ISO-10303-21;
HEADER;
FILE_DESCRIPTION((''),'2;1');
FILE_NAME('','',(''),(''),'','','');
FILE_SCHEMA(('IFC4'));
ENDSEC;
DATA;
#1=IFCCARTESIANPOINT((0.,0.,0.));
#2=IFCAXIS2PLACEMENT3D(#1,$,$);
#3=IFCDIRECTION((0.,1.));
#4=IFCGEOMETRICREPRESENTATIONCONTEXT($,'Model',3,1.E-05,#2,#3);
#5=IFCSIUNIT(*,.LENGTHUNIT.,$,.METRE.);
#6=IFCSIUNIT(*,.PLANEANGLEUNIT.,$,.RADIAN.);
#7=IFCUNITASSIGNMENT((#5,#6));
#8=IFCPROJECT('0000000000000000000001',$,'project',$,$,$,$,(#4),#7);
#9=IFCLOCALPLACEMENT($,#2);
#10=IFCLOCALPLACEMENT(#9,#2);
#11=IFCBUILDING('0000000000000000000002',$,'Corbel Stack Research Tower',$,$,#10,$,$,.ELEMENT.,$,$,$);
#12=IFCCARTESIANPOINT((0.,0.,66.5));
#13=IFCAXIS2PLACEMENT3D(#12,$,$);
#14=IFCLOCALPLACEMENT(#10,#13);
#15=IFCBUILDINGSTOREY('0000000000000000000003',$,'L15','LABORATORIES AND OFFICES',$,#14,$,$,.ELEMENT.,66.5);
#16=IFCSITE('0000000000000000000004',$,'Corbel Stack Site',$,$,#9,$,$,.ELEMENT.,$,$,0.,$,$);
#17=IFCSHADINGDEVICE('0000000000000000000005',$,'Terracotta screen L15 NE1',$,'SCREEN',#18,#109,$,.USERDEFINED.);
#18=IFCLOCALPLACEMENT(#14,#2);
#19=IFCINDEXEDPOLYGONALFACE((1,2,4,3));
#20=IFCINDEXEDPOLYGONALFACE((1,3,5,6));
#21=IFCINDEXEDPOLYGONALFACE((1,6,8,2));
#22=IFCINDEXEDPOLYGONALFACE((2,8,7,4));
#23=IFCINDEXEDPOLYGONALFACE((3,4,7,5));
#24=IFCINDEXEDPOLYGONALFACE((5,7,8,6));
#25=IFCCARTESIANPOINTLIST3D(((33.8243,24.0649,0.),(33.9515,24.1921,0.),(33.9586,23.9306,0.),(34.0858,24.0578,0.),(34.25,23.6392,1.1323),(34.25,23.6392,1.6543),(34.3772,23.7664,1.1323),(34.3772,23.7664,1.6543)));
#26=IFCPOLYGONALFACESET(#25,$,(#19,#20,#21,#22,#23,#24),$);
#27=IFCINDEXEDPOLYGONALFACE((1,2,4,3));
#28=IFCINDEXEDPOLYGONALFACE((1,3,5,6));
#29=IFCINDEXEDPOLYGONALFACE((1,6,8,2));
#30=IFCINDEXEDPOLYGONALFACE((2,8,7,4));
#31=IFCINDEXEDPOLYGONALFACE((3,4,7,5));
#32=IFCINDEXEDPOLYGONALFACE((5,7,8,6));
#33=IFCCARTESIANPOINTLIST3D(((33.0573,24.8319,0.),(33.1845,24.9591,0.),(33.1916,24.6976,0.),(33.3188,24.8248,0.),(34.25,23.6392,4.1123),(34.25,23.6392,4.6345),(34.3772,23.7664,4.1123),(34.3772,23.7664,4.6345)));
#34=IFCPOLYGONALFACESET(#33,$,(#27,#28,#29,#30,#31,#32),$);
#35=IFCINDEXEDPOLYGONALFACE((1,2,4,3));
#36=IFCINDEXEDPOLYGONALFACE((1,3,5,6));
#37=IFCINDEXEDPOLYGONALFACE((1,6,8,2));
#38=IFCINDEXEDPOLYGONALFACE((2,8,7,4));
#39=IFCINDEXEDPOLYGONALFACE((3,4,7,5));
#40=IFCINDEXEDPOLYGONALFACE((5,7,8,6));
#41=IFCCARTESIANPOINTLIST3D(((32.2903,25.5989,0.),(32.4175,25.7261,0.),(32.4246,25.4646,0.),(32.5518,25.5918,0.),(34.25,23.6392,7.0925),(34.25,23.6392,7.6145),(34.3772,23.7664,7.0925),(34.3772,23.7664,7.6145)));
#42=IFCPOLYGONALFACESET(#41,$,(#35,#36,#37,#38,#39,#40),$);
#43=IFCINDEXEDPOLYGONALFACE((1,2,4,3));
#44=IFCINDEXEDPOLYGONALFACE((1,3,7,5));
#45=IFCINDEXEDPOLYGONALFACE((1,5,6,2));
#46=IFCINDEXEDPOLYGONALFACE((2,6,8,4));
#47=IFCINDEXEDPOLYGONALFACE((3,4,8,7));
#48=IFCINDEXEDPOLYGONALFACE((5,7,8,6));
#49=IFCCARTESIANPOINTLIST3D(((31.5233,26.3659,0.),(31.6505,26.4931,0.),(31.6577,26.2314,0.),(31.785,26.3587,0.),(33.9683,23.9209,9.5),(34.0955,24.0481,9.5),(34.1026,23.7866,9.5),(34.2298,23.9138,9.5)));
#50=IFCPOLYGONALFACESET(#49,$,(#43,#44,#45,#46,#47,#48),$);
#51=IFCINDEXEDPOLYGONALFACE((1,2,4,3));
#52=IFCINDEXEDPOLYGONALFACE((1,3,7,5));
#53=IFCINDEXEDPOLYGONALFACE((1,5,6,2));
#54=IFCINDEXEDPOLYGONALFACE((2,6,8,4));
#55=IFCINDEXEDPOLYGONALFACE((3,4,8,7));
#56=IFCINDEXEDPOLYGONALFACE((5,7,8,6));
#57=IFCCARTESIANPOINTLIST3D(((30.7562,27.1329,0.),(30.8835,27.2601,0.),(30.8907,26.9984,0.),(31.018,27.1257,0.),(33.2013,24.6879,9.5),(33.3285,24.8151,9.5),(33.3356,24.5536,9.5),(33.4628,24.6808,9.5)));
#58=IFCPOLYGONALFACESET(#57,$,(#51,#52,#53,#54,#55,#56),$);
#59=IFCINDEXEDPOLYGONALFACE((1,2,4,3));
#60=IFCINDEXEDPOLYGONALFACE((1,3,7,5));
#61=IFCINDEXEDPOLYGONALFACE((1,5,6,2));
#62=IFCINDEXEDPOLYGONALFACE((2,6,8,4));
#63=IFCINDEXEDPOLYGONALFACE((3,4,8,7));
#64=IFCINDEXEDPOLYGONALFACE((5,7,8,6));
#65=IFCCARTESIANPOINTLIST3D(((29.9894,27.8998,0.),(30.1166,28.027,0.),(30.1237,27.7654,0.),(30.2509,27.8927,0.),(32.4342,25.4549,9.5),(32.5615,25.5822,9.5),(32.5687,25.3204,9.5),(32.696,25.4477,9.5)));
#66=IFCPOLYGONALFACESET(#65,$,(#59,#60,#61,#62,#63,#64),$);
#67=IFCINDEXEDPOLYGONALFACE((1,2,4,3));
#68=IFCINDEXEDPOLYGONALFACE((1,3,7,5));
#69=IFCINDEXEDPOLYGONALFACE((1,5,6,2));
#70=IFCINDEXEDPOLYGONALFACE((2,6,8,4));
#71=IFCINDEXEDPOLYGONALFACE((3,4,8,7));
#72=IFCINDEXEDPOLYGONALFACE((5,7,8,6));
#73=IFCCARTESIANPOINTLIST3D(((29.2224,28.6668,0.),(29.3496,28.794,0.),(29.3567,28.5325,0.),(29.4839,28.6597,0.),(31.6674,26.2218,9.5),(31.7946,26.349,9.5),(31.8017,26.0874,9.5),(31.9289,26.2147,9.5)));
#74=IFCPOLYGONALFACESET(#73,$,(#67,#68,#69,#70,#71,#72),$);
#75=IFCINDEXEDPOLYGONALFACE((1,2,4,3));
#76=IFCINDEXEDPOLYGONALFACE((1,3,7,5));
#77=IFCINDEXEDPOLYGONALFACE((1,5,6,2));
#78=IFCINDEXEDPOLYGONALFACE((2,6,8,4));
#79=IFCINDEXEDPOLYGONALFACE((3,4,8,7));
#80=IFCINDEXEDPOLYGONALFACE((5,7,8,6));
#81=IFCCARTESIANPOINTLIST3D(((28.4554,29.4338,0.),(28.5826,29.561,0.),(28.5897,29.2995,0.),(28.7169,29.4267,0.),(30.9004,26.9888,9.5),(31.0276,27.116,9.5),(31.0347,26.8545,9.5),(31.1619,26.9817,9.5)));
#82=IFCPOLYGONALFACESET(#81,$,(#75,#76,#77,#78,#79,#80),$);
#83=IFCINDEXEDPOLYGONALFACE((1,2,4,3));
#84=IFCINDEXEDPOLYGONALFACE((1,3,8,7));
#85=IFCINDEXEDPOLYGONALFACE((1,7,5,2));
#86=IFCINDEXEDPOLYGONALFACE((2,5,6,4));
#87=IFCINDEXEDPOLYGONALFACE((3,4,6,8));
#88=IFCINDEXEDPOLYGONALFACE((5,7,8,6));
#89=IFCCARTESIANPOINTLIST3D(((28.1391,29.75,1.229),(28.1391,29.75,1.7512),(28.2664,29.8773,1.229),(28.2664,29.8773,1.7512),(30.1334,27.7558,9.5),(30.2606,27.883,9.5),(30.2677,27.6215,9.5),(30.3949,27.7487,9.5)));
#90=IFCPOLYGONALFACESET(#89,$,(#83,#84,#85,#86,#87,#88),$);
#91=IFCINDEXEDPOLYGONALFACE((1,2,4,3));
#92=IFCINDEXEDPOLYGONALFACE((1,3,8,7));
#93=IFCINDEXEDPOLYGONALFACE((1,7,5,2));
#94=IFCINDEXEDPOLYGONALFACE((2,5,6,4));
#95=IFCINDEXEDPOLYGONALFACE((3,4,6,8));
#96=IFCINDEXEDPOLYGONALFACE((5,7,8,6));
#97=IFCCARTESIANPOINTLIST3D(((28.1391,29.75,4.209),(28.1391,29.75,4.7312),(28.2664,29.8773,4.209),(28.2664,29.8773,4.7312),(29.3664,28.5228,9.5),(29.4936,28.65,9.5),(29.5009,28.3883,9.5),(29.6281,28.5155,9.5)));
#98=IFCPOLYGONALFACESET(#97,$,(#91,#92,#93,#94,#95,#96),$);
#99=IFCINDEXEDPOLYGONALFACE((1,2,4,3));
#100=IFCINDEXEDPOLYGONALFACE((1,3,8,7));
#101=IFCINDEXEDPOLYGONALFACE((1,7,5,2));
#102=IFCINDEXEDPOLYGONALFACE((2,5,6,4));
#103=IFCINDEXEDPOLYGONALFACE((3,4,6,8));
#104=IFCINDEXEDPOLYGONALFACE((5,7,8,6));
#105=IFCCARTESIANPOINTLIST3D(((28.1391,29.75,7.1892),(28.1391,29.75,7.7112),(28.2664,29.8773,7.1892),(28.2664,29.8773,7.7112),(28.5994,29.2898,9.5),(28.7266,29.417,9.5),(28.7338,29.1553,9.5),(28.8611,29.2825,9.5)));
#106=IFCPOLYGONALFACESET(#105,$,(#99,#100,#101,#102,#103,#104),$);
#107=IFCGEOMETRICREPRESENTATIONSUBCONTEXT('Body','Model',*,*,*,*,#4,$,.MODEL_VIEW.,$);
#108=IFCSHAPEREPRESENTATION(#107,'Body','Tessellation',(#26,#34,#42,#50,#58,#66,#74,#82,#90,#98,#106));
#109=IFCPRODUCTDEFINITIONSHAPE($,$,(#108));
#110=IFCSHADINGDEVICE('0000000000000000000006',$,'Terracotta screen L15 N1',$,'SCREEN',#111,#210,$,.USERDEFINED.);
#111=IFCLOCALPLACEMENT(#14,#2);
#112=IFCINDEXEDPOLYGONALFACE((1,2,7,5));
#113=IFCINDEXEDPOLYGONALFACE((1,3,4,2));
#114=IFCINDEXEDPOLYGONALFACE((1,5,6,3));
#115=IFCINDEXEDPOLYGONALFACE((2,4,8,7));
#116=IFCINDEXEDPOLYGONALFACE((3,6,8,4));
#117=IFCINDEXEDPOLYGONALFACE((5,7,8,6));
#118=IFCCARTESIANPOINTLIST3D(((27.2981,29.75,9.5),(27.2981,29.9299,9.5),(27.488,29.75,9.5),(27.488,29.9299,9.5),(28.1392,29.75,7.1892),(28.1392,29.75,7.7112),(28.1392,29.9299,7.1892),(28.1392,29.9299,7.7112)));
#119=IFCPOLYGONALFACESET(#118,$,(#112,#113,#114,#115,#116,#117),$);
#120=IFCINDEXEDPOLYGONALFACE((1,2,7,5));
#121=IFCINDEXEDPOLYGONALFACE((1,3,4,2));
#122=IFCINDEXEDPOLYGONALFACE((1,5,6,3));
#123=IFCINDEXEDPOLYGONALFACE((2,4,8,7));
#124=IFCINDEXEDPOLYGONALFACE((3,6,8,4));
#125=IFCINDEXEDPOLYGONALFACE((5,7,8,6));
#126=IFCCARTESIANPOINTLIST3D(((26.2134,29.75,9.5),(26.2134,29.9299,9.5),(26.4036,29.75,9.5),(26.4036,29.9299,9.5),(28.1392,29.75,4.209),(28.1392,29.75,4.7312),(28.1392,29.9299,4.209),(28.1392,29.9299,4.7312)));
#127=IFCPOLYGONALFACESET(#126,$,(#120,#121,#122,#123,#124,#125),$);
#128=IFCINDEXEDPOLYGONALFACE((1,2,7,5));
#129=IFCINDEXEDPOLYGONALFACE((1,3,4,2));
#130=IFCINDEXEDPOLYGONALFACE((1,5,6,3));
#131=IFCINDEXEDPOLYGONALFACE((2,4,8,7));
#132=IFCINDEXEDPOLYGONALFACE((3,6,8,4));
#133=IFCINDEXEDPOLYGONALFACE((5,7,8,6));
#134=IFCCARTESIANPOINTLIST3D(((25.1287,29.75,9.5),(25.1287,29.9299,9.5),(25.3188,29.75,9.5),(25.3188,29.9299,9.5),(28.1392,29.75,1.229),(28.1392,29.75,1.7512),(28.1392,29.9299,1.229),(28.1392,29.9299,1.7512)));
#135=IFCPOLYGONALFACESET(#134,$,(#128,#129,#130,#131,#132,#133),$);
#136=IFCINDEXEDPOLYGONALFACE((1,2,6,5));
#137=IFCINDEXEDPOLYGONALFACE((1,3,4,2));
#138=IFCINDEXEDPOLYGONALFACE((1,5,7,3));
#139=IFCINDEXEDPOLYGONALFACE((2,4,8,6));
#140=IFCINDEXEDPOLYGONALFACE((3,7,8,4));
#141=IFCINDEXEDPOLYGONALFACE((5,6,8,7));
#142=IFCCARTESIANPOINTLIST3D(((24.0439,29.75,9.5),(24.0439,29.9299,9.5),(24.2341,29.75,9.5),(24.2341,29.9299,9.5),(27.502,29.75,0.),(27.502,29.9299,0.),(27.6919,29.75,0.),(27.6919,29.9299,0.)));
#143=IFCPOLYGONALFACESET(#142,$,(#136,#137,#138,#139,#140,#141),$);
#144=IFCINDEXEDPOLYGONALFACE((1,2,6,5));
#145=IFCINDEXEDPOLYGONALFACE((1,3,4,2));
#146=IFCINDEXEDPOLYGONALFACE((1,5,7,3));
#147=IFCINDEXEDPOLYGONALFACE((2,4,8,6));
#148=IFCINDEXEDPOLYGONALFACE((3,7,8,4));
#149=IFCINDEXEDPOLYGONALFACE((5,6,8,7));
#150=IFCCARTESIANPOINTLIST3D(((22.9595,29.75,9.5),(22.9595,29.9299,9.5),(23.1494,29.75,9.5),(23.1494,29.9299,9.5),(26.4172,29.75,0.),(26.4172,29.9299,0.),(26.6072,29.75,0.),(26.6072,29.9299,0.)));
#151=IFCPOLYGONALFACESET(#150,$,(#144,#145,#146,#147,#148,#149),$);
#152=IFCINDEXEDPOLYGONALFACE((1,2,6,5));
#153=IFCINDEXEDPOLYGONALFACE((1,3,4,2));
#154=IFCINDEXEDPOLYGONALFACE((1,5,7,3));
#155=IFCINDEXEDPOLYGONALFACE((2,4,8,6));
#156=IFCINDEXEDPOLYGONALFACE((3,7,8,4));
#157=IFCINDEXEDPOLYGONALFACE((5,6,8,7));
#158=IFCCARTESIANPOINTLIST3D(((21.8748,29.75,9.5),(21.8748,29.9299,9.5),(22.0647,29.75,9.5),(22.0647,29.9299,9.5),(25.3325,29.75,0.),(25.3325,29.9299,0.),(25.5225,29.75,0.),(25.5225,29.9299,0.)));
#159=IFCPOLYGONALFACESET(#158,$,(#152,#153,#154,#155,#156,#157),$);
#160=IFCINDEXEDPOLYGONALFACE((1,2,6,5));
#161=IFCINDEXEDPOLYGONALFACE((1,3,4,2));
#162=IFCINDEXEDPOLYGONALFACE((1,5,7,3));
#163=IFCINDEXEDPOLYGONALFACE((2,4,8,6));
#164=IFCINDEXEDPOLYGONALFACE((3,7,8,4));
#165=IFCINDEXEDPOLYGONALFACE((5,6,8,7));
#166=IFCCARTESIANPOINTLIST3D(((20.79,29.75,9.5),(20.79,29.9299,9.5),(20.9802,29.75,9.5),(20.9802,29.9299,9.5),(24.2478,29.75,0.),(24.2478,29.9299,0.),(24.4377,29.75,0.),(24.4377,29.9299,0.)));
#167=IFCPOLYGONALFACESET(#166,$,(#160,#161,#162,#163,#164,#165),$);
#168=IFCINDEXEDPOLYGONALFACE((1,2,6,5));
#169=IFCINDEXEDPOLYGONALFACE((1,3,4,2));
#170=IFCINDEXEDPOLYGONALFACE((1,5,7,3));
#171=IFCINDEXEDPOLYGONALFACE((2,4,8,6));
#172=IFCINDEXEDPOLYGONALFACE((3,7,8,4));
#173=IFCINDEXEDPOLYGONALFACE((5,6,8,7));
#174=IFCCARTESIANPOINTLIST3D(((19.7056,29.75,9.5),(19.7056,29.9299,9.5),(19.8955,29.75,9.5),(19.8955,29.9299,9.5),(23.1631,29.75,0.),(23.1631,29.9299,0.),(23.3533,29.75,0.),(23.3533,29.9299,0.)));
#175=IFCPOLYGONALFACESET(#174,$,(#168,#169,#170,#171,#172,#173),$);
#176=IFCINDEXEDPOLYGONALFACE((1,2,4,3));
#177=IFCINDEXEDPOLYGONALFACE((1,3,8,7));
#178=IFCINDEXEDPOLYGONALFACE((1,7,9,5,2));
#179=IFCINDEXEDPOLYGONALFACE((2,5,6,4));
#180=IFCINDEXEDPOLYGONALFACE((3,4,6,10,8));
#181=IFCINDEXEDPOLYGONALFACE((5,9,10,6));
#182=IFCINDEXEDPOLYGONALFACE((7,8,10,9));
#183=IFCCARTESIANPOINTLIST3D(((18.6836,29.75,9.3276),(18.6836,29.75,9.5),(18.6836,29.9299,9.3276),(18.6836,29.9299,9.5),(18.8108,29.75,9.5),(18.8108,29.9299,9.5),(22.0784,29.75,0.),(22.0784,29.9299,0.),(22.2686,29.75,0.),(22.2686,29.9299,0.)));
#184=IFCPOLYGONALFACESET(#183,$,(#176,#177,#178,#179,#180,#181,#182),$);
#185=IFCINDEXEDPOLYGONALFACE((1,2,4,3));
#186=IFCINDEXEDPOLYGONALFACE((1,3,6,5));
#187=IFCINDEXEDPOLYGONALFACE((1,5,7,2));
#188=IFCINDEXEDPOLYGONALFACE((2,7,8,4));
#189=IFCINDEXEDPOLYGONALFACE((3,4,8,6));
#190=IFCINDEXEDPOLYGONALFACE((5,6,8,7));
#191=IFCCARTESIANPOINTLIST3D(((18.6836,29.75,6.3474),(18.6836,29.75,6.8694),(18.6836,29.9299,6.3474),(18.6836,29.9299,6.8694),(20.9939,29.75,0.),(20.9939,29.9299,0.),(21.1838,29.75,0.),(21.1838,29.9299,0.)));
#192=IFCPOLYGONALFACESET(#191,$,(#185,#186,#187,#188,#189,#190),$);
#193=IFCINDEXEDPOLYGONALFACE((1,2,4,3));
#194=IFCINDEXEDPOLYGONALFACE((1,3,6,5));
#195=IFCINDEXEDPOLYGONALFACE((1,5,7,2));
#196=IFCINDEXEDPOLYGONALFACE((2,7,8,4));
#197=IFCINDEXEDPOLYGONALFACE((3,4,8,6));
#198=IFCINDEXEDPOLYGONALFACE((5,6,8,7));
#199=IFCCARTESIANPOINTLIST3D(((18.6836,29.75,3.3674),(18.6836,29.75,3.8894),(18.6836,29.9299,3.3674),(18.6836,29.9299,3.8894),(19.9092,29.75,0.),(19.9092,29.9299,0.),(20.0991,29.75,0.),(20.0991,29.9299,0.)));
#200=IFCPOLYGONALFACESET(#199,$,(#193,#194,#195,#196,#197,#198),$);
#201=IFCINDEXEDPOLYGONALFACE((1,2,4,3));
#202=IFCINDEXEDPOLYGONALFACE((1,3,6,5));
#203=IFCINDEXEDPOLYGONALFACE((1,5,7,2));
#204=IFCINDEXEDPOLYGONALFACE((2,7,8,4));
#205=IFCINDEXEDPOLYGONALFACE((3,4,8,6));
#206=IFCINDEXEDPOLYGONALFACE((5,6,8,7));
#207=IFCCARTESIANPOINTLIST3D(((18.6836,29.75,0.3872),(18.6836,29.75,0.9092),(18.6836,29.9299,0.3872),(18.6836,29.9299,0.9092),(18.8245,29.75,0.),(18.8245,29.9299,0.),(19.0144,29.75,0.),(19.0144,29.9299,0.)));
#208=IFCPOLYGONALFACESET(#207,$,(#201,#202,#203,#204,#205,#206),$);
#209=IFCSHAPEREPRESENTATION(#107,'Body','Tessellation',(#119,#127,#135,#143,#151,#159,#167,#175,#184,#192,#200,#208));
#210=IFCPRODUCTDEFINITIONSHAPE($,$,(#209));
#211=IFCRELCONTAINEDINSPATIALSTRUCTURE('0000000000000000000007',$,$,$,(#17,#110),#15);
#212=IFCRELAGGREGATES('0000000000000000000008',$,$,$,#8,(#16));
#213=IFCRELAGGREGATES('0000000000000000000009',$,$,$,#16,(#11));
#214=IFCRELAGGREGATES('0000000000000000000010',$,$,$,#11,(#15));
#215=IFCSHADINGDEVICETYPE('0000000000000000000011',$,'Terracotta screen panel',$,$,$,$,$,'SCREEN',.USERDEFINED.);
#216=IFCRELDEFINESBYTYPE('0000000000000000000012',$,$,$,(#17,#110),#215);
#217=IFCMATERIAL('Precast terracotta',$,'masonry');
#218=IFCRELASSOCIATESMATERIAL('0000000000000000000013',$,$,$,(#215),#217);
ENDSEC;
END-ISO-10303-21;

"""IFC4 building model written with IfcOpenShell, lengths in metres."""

from ifc_helpers import new_model, si_unit, direction, frame, origin, place, context, subcontext, project, spatial, polyline, outline, extrude, source, transform, mapped, material, type_object, element, save


model = new_model("IFC4")

# Units and contexts
model_context = context("Model", 3, precision=1e-05, world=origin(), true_north=direction((0.0, 1.0)))
body_context = subcontext(model_context, "Body", "Model", "MODEL_VIEW")
ifc_project = project(units=[si_unit("LENGTHUNIT", "METRE"), si_unit("PLANEANGLEUNIT", "RADIAN")], contexts=[model_context])

# Site, building, storey
site_placement = place(None, origin())
site = spatial("IfcSite", under=ifc_project, at=site_placement, Name="Corbel Stack Site", CompositionType="ELEMENT", RefElevation=0.0)
building_placement = place(site_placement, origin())
building = spatial("IfcBuilding", under=site, at=building_placement, Name="Corbel Stack Research Tower", CompositionType="ELEMENT")
storey_placement = place(building_placement, frame((0.0, 0.0, 66.5)))
storey = spatial("IfcBuildingStorey", under=building, at=storey_placement, Name="L15", Description="LABORATORIES AND OFFICES", CompositionType="ELEMENT", Elevation=66.5)

# Shading devices
ifc_material_1 = material(Name="Precast terracotta", Category="masonry")
shading_device_type = type_object("IfcShadingDeviceType", Name="Terracotta screen panel", ElementType="SCREEN", PredefinedType="USERDEFINED", material=ifc_material_1)
shared_shape_1 = source(origin(), body_context, "Body", "SweptSolid", [
    extrude(outline(polyline([(0.6021, 0.0), (0.0, 1.6543), (0.0, 1.1323), (0.4121, 0.0), (0.6021, 0.0)])), frame((0.0, 0.0, 0.0), z_axis=(0.0, -1.0, 0.0), x_axis=(1.0, 0.0, 0.0)), (0.0, 0.0, 1.0), 0.1799),
    extrude(outline(polyline([(1.6868, 0.0), (0.0, 4.6345), (0.0, 4.1123), (1.4968, 0.0), (1.6868, 0.0)])), frame((0.0, 0.0, 0.0), z_axis=(0.0, -1.0, 0.0), x_axis=(1.0, 0.0, 0.0)), (0.0, 0.0, 1.0), 0.1799),
    extrude(outline(polyline([(2.7715, 0.0), (0.0, 7.6145), (0.0, 7.0925), (2.5815, 0.0), (2.7715, 0.0)])), frame((0.0, 0.0, 0.0), z_axis=(0.0, -1.0, 0.0), x_axis=(1.0, 0.0, 0.0)), (0.0, 0.0, 1.0), 0.1799),
    extrude(outline(polyline([(3.8562, 0.0), (0.3984, 9.5), (0.2085, 9.5), (3.666, 0.0), (3.8562, 0.0)])), frame((0.0, 0.0, 0.0), z_axis=(0.0, -1.0, 0.0), x_axis=(1.0, 0.0, 0.0)), (0.0, 0.0, 1.0), 0.1799),
    extrude(outline(polyline([(4.9409, 0.0), (1.4832, 9.5), (1.2932, 9.5), (4.7507, 0.0), (4.9409, 0.0)])), frame((0.0, 0.0, 0.0), z_axis=(0.0, -1.0, 0.0), x_axis=(1.0, 0.0, 0.0)), (0.0, 0.0, 1.0), 0.1799),
    extrude(outline(polyline([(6.0254, 0.0), (2.5679, 9.5), (2.3777, 9.5), (5.8354, 0.0), (6.0254, 0.0)])), frame((0.0, 0.0, 0.0), z_axis=(0.0, -1.0, 0.0), x_axis=(1.0, 0.0, 0.0)), (0.0, 0.0, 1.0), 0.1799),
    extrude(outline(polyline([(7.1101, 0.0), (3.6523, 9.5), (3.4624, 9.5), (6.9202, 0.0), (7.1101, 0.0)])), frame((0.0, 0.0, 0.0), z_axis=(0.0, -1.0, 0.0), x_axis=(1.0, 0.0, 0.0)), (0.0, 0.0, 1.0), 0.1799),
    extrude(outline(polyline([(8.1948, 0.0), (4.7371, 9.5), (4.5471, 9.5), (8.0049, 0.0), (8.1948, 0.0)])), frame((0.0, 0.0, 0.0), z_axis=(0.0, -1.0, 0.0), x_axis=(1.0, 0.0, 0.0)), (0.0, 0.0, 1.0), 0.1799),
    extrude(outline(polyline([(5.8218, 9.5), (5.6318, 9.5), (8.6421, 1.229), (8.6421, 1.7512), (5.8218, 9.5)])), frame((0.0, 0.0, 0.0), z_axis=(0.0, -1.0, 0.0), x_axis=(1.0, 0.0, 0.0)), (0.0, 0.0, 1.0), 0.1799),
    extrude(outline(polyline([(6.9065, 9.5), (6.7163, 9.5), (8.6421, 4.209), (8.6421, 4.7312), (6.9065, 9.5)])), frame((0.0, 0.0, 0.0), z_axis=(0.0, -1.0, 0.0), x_axis=(1.0, 0.0, 0.0)), (0.0, 0.0, 1.0), 0.1799),
    extrude(outline(polyline([(7.9912, 9.5), (7.801, 9.5), (8.6421, 7.1892), (8.6421, 7.7112), (7.9912, 9.5)])), frame((0.0, 0.0, 0.0), z_axis=(0.0, -1.0, 0.0), x_axis=(1.0, 0.0, 0.0)), (0.0, 0.0, 1.0), 0.1799),
])
shading_device_1_placement = place(storey_placement, frame((34.25, 23.6392, 0.0), z_axis=(0.0, 0.0, 1.0), x_axis=(-0.707107, 0.707107, 0.0)))
element("IfcShadingDevice", 1, at=shading_device_1_placement, inside=storey, type_object=shading_device_type, Name="Terracotta screen L15 NE1", ObjectType="SCREEN", PredefinedType="USERDEFINED", context=body_context, shape_type="MappedRepresentation", body=[
    mapped(shared_shape_1, transform((0.0, 0.0, 0.0))),
])
shared_shape_2 = source(origin(), body_context, "Body", "SweptSolid", [
    extrude(outline(polyline([(0.8411, 9.5), (0.6511, 9.5), (0.0, 7.7112), (0.0, 7.1892), (0.8411, 9.5)])), frame((0.0, 0.0, 0.0), z_axis=(0.0, -1.0, 0.0), x_axis=(1.0, 0.0, 0.0)), (0.0, 0.0, 1.0), 0.1799),
    extrude(outline(polyline([(1.9258, 9.5), (1.7356, 9.5), (0.0, 4.7312), (0.0, 4.209), (1.9258, 9.5)])), frame((0.0, 0.0, 0.0), z_axis=(0.0, -1.0, 0.0), x_axis=(1.0, 0.0, 0.0)), (0.0, 0.0, 1.0), 0.1799),
    extrude(outline(polyline([(3.0105, 9.5), (2.8203, 9.5), (0.0, 1.7512), (0.0, 1.229), (3.0105, 9.5)])), frame((0.0, 0.0, 0.0), z_axis=(0.0, -1.0, 0.0), x_axis=(1.0, 0.0, 0.0)), (0.0, 0.0, 1.0), 0.1799),
    extrude(outline(polyline([(0.6372, 0.0), (4.0952, 9.5), (3.905, 9.5), (0.4473, 0.0), (0.6372, 0.0)])), frame((0.0, 0.0, 0.0), z_axis=(0.0, -1.0, 0.0), x_axis=(1.0, 0.0, 0.0)), (0.0, 0.0, 1.0), 0.1799),
    extrude(outline(polyline([(1.7219, 0.0), (5.1797, 9.5), (4.9897, 9.5), (1.532, 0.0), (1.7219, 0.0)])), frame((0.0, 0.0, 0.0), z_axis=(0.0, -1.0, 0.0), x_axis=(1.0, 0.0, 0.0)), (0.0, 0.0, 1.0), 0.1799),
    extrude(outline(polyline([(2.8066, 0.0), (6.2644, 9.5), (6.0745, 9.5), (2.6167, 0.0), (2.8066, 0.0)])), frame((0.0, 0.0, 0.0), z_axis=(0.0, -1.0, 0.0), x_axis=(1.0, 0.0, 0.0)), (0.0, 0.0, 1.0), 0.1799),
    extrude(outline(polyline([(3.8914, 0.0), (7.3491, 9.5), (7.1589, 9.5), (3.7014, 0.0), (3.8914, 0.0)])), frame((0.0, 0.0, 0.0), z_axis=(0.0, -1.0, 0.0), x_axis=(1.0, 0.0, 0.0)), (0.0, 0.0, 1.0), 0.1799),
    extrude(outline(polyline([(4.9761, 0.0), (8.4336, 9.5), (8.2437, 9.5), (4.7859, 0.0), (4.9761, 0.0)])), frame((0.0, 0.0, 0.0), z_axis=(0.0, -1.0, 0.0), x_axis=(1.0, 0.0, 0.0)), (0.0, 0.0, 1.0), 0.1799),
    extrude(outline(polyline([(6.0608, 0.0), (9.4556, 9.3276), (9.4556, 9.5), (9.3284, 9.5), (5.8706, 0.0), (6.0608, 0.0)])), frame((0.0, 0.0, 0.0), z_axis=(0.0, -1.0, 0.0), x_axis=(1.0, 0.0, 0.0)), (0.0, 0.0, 1.0), 0.1799),
    extrude(outline(polyline([(7.1453, 0.0), (9.4556, 6.3474), (9.4556, 6.8694), (6.9553, 0.0), (7.1453, 0.0)])), frame((0.0, 0.0, 0.0), z_axis=(0.0, -1.0, 0.0), x_axis=(1.0, 0.0, 0.0)), (0.0, 0.0, 1.0), 0.1799),
    extrude(outline(polyline([(8.23, 0.0), (9.4556, 3.3674), (9.4556, 3.8894), (8.04, 0.0), (8.23, 0.0)])), frame((0.0, 0.0, 0.0), z_axis=(0.0, -1.0, 0.0), x_axis=(1.0, 0.0, 0.0)), (0.0, 0.0, 1.0), 0.1799),
    extrude(outline(polyline([(9.3147, 0.0), (9.4556, 0.3872), (9.4556, 0.9092), (9.1248, 0.0), (9.3147, 0.0)])), frame((0.0, 0.0, 0.0), z_axis=(0.0, -1.0, 0.0), x_axis=(1.0, 0.0, 0.0)), (0.0, 0.0, 1.0), 0.1799),
])
shading_device_2_placement = place(storey_placement, frame((28.1392, 29.75, 0.0), z_axis=(0.0, 0.0, 1.0), x_axis=(-1.0, 0.0, 0.0)))
element("IfcShadingDevice", 2, at=shading_device_2_placement, inside=storey, type_object=shading_device_type, Name="Terracotta screen L15 N1", ObjectType="SCREEN", PredefinedType="USERDEFINED", context=body_context, shape_type="MappedRepresentation", body=[
    mapped(shared_shape_2, transform((0.0, 0.0, 0.0))),
])

save(model, "model.ifc")
